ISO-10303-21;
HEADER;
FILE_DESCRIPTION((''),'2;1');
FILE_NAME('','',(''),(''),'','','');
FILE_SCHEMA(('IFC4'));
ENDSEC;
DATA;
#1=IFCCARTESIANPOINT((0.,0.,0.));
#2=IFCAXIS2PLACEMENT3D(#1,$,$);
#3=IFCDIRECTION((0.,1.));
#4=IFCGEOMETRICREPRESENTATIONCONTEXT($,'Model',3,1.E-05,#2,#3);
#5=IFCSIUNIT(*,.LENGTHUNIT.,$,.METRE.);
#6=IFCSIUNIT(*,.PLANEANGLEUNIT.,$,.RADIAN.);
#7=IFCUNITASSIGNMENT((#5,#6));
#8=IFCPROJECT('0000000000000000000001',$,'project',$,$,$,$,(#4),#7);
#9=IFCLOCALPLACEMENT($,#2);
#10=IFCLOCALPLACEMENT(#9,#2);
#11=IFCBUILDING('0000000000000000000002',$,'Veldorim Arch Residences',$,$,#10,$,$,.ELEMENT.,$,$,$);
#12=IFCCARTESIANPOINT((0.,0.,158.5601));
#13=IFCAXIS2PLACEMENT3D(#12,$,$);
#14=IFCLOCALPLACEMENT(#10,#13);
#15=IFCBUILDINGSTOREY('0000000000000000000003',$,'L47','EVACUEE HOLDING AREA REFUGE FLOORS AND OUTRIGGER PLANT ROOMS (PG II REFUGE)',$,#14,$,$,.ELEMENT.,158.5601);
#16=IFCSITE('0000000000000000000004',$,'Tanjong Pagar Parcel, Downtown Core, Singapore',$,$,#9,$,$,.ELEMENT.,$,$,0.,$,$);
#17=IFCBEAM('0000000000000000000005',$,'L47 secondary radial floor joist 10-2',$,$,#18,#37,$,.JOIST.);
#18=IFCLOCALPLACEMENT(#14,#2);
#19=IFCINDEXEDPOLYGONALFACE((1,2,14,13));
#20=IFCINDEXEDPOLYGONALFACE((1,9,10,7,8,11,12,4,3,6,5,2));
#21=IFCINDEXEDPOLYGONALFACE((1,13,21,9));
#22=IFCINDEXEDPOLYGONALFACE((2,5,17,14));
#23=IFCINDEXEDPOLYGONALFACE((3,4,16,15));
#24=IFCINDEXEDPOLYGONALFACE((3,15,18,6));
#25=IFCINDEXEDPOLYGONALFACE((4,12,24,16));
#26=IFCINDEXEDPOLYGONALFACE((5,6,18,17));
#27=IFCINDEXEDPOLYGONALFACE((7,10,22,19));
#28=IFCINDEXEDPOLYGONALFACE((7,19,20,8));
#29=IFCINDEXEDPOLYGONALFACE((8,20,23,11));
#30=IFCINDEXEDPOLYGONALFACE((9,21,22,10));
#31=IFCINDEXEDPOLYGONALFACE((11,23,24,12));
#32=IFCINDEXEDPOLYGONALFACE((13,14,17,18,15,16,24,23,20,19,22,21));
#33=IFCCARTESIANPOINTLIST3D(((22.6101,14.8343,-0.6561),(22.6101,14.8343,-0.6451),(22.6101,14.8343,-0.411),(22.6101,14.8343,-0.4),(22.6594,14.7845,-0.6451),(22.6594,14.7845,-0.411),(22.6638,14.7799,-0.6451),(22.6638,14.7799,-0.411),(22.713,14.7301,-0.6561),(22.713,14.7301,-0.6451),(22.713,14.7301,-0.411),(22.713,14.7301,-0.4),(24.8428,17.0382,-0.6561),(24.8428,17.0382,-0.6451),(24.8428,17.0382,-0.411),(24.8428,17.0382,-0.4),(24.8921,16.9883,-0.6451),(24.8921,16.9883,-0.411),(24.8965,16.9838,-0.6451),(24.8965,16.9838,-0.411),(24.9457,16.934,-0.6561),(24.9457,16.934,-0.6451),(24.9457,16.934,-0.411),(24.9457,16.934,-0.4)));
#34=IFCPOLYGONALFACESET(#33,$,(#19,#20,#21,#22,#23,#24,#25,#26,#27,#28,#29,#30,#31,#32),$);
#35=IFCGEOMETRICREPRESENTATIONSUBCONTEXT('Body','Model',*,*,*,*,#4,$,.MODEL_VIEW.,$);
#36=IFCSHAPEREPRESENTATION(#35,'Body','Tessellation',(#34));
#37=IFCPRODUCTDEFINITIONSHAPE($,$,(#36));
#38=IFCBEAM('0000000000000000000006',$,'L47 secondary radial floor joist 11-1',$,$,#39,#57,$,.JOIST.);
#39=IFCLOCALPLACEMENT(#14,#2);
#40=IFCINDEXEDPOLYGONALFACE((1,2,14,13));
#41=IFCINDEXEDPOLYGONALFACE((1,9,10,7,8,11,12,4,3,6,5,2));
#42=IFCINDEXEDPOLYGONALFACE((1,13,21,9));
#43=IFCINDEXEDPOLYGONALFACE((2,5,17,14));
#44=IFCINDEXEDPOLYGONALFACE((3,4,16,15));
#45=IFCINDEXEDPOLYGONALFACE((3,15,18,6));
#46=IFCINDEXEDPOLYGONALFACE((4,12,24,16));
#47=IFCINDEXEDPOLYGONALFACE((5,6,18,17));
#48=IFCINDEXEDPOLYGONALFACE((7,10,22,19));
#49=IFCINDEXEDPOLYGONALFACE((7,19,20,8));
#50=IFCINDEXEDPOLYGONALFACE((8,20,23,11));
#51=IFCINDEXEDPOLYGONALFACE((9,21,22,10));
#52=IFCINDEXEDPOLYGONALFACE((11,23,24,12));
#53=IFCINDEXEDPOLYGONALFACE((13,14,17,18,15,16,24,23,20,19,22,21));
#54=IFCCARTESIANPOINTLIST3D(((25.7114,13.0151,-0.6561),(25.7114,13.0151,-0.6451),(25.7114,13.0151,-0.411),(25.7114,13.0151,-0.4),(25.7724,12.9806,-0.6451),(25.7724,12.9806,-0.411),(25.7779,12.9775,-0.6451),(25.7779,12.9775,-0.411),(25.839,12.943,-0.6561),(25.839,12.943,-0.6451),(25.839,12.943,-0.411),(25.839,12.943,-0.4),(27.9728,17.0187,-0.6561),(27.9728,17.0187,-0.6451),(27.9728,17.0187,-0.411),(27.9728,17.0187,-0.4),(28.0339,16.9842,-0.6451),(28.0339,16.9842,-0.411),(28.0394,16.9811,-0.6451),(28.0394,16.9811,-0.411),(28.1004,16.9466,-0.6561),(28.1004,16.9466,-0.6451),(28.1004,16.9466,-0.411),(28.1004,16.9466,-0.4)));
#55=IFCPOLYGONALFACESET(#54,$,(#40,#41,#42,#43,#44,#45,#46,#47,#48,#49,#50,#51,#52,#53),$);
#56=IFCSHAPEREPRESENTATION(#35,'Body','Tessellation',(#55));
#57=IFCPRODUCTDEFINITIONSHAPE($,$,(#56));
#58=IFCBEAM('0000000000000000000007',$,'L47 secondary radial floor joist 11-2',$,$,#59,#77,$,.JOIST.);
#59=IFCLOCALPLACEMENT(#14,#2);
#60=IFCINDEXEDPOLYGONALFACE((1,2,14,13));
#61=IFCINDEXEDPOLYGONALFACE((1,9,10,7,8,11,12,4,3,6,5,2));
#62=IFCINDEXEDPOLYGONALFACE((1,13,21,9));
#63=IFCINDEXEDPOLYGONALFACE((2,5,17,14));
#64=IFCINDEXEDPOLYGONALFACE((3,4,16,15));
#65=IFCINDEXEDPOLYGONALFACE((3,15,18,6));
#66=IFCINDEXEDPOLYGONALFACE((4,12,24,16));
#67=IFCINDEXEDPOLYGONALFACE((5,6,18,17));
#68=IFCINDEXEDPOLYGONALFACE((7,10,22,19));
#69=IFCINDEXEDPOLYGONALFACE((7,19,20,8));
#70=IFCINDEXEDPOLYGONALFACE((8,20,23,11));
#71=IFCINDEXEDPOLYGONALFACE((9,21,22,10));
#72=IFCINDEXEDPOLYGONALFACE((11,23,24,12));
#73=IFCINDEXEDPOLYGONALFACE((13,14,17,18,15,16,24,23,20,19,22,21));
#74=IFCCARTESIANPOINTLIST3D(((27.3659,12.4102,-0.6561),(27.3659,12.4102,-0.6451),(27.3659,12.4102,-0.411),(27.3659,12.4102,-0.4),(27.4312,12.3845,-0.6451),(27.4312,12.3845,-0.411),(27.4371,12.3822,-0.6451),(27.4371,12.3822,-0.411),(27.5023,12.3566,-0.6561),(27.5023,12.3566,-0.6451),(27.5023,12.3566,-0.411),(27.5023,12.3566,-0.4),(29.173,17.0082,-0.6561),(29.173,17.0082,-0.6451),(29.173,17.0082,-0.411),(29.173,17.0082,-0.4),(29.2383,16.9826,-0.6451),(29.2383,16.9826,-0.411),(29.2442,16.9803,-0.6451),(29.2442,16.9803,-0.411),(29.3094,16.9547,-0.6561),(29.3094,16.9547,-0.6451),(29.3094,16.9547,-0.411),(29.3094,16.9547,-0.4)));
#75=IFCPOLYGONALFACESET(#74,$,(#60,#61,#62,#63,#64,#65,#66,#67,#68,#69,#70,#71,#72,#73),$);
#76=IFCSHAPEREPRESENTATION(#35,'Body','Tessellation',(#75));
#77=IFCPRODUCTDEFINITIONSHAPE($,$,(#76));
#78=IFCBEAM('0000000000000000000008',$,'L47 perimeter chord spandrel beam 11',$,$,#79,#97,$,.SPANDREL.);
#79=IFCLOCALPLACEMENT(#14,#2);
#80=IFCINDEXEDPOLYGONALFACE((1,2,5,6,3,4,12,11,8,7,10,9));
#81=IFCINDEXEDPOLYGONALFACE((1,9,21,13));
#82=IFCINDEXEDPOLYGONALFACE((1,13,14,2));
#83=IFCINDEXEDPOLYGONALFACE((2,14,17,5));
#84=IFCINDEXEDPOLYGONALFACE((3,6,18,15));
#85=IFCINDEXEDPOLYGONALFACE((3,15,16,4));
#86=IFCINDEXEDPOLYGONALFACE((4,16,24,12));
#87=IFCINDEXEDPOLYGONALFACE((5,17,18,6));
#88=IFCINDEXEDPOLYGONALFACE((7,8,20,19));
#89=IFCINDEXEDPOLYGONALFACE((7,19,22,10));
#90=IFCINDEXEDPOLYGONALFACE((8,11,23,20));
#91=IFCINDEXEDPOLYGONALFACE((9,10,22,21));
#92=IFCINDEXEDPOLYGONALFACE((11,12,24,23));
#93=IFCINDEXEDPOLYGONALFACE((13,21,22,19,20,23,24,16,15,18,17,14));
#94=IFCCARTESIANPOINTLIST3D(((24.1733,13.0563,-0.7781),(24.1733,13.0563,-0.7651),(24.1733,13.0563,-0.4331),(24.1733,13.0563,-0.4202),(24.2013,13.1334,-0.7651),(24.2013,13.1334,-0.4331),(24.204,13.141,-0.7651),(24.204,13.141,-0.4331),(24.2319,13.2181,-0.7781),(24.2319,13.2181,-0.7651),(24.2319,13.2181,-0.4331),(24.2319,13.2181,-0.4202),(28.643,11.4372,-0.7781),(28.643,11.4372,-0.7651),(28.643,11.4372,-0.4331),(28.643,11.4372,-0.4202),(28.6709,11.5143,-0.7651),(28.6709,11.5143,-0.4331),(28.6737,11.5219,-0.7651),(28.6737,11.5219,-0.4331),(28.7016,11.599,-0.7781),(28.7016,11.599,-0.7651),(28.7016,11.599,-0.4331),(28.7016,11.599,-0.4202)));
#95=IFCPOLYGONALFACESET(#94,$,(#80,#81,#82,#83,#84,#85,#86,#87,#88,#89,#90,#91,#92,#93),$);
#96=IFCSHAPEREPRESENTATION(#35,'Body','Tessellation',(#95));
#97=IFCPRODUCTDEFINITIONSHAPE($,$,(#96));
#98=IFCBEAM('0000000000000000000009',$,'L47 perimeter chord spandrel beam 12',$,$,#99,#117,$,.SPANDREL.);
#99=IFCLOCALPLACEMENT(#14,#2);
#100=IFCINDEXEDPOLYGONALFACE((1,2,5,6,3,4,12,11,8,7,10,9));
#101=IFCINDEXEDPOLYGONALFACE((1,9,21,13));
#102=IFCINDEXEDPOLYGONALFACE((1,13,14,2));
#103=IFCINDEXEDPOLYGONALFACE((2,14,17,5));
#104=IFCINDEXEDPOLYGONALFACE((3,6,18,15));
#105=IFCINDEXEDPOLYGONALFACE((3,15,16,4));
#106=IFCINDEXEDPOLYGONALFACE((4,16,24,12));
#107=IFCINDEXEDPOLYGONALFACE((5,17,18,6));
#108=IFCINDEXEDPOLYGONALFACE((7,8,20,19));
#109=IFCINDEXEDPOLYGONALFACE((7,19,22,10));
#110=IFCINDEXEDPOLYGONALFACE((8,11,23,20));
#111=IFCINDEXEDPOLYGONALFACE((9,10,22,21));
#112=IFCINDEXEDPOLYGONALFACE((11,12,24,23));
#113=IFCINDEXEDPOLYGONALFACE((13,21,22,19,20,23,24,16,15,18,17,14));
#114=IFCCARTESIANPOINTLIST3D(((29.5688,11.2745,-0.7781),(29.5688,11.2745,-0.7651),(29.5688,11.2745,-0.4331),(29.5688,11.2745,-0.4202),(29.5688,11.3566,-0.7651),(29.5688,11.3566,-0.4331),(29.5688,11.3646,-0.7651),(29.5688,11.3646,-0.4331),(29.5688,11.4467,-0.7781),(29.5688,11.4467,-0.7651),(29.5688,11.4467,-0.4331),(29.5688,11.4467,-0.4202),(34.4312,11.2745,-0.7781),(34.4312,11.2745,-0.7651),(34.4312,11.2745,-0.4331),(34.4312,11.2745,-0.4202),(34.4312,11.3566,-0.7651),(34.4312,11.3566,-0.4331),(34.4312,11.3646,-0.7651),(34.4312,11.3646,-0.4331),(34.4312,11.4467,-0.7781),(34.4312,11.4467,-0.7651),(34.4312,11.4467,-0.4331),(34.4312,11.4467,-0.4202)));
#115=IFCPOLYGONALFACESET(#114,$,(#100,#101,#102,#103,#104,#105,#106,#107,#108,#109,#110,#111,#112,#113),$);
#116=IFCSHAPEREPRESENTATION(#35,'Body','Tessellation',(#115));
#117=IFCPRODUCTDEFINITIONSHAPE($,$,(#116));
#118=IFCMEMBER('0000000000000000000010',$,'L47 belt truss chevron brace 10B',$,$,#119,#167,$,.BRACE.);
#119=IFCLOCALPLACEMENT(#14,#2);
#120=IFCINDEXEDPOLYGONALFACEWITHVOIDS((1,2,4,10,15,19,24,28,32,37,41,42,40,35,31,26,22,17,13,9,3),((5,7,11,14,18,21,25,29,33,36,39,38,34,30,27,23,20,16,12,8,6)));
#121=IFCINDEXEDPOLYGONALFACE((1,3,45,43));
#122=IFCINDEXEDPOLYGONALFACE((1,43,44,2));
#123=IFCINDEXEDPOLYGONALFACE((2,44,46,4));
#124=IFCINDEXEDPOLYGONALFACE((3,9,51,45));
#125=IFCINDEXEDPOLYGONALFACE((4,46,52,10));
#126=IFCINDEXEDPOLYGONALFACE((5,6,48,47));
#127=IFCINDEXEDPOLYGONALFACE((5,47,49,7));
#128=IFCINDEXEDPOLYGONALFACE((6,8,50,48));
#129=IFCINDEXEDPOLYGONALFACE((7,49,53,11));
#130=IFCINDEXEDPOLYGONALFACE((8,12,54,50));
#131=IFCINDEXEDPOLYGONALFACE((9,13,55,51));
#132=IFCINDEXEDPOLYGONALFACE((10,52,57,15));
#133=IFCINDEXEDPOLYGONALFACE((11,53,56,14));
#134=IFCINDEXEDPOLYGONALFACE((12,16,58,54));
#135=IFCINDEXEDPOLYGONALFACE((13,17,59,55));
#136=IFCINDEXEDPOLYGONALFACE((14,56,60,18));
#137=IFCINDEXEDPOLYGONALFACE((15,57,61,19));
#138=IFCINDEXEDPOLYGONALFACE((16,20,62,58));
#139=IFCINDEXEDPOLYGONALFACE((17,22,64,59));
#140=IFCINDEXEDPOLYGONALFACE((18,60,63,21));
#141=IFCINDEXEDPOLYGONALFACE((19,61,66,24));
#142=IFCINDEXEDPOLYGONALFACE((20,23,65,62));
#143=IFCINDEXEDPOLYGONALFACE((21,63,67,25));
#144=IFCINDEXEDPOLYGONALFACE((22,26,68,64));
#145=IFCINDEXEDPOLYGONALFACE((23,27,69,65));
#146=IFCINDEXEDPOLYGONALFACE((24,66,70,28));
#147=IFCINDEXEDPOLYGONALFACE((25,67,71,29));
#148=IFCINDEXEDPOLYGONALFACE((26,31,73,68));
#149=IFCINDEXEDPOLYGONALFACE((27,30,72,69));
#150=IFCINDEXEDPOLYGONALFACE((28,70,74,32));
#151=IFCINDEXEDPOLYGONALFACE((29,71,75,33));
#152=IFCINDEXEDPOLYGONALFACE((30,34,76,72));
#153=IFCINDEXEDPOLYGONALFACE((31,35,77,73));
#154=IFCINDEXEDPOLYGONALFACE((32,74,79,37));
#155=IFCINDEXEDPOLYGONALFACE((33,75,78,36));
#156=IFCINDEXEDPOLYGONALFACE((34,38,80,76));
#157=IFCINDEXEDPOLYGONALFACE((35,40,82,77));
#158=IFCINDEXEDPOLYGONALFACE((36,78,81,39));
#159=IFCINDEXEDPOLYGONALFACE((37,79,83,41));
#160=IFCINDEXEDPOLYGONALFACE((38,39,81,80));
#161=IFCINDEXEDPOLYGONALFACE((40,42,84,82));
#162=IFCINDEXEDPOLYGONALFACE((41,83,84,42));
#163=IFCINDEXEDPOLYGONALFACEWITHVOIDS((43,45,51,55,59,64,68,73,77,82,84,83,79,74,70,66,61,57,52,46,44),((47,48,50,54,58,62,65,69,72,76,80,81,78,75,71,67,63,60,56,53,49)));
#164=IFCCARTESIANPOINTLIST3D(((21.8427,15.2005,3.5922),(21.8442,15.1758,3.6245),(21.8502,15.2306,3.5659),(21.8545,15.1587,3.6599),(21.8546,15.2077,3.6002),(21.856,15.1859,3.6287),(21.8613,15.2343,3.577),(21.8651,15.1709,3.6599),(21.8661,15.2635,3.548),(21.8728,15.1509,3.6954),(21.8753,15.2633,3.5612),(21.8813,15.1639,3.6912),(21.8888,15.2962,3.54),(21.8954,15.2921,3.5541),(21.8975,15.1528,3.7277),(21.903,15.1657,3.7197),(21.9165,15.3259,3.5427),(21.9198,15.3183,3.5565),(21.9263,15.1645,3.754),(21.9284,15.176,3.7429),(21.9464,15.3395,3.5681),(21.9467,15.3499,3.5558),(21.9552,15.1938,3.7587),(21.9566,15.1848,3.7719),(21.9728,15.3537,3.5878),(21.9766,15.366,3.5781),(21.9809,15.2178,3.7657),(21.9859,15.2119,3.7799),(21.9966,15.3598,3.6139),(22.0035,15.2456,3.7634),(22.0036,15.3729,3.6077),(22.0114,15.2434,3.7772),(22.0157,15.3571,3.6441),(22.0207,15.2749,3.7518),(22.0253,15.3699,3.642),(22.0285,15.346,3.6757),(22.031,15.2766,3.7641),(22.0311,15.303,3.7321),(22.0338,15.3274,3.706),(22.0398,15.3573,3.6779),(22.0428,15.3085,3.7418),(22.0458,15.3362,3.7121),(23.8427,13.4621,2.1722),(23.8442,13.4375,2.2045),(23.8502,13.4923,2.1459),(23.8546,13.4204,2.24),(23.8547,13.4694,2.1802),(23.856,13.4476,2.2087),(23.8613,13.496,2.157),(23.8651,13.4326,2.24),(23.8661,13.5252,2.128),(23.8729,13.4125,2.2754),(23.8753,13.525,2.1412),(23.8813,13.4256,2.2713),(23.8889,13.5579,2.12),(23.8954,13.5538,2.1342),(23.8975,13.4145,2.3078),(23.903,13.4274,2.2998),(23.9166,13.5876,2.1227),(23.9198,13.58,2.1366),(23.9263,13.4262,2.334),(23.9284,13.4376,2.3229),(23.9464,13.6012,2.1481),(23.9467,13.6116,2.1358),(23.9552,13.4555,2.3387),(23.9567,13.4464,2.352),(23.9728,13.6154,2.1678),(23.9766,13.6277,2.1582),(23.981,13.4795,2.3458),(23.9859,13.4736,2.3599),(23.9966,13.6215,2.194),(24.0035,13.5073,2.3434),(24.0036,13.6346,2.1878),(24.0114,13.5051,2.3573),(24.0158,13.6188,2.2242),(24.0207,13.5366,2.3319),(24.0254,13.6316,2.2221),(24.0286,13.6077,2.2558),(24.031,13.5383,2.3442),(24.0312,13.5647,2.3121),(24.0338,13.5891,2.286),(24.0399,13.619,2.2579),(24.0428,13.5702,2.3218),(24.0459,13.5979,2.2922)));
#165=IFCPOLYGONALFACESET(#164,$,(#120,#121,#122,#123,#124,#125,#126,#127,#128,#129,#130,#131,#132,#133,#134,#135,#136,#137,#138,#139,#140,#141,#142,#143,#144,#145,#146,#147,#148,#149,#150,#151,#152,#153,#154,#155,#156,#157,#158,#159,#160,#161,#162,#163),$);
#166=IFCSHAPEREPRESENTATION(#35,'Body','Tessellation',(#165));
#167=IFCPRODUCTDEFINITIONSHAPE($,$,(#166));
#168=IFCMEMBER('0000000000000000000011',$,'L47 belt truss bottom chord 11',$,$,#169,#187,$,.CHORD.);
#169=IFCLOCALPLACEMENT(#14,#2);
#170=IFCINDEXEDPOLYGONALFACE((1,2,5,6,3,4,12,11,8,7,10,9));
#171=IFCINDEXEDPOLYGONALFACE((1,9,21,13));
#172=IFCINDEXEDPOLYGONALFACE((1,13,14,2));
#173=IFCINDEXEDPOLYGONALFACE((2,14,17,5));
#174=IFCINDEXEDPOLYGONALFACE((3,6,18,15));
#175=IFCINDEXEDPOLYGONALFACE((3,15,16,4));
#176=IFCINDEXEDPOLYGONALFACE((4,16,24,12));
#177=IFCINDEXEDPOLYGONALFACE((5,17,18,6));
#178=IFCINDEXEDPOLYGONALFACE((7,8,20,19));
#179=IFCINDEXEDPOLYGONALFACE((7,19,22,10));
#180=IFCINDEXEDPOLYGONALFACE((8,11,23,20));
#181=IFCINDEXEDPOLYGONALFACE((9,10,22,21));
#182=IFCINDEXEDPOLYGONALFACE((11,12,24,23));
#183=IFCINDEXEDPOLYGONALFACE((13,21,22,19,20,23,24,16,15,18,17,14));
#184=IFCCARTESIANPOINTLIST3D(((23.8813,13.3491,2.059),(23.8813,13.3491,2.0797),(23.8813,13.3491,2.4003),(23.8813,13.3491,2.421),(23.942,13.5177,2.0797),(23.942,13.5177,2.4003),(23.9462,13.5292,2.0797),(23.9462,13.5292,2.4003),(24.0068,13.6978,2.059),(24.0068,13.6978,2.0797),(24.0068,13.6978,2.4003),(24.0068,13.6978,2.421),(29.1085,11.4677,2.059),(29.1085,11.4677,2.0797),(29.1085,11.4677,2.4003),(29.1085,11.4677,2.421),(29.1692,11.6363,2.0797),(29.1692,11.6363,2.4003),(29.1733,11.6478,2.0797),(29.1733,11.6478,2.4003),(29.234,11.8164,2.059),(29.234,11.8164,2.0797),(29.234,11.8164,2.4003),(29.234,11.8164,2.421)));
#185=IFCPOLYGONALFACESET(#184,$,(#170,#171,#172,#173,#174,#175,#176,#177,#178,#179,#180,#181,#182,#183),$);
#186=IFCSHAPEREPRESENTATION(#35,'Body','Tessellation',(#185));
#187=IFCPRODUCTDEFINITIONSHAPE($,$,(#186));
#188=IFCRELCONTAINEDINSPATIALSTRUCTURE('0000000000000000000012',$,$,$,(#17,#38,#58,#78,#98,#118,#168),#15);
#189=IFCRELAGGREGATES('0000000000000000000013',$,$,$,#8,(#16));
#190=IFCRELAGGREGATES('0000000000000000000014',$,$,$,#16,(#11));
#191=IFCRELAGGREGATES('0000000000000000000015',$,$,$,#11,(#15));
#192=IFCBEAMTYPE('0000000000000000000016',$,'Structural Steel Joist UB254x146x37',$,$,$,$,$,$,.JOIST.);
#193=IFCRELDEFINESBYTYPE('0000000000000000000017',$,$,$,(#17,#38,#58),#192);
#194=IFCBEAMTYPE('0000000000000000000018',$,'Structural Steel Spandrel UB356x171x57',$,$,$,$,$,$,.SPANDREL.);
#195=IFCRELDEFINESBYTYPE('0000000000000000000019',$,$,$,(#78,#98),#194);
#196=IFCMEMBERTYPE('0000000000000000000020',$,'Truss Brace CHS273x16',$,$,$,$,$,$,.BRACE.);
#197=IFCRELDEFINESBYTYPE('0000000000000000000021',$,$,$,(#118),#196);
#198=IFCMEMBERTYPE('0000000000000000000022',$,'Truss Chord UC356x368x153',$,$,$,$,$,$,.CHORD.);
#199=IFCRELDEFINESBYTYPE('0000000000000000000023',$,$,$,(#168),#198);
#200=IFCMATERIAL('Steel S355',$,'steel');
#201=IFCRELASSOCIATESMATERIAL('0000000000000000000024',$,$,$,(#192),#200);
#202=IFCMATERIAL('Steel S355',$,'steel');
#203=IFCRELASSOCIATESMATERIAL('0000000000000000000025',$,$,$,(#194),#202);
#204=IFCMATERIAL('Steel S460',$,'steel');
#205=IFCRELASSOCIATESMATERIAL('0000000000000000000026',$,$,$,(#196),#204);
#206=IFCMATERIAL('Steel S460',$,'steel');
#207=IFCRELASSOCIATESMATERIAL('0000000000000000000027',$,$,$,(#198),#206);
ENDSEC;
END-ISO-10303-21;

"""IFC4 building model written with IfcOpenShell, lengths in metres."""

from ifc_helpers import new_model, si_unit, direction, frame, origin, origin_2d, place, context, subcontext, project, spatial, hollow_circle, i_section, extrude, material, material_profile, profile_set, type_object, element, save


model = new_model("IFC4")

# Units and contexts
model_context = context("Model", 3, precision=1e-05, world=origin(), true_north=direction((0.0, 1.0)))
body_context = subcontext(model_context, "Body", "Model", "MODEL_VIEW")
ifc_project = project(units=[si_unit("LENGTHUNIT", "METRE"), si_unit("PLANEANGLEUNIT", "RADIAN")], contexts=[model_context])

# Site, building, storey
site_placement = place(None, origin())
site = spatial("IfcSite", under=ifc_project, at=site_placement, Name="Tanjong Pagar Parcel, Downtown Core, Singapore", CompositionType="ELEMENT", RefElevation=0.0)
building_placement = place(site_placement, origin())
building = spatial("IfcBuilding", under=site, at=building_placement, Name="Veldorim Arch Residences", CompositionType="ELEMENT")
storey_placement = place(building_placement, frame((0.0, 0.0, 158.5601)))
storey = spatial("IfcBuildingStorey", under=building, at=storey_placement, Name="L47", Description="EVACUEE HOLDING AREA REFUGE FLOORS AND OUTRIGGER PLANT ROOMS (PG II REFUGE)", CompositionType="ELEMENT", Elevation=158.5601)

# Beams
ifc_material_1 = material(Name="Steel S355", Category="steel")
ifc_material_profile_1 = material_profile(ifc_material_1, i_section(OverallWidth=0.1465, OverallDepth=0.2561, WebThickness=0.0063, FlangeThickness=0.011, at=origin_2d()), Name="UB254x146x37")
ifc_profile_set_1 = profile_set([ifc_material_profile_1], Name="Steel S355")
beam_type_1 = type_object("IfcBeamType", Name="Structural Steel Joist UB254x146x37", PredefinedType="JOIST", material=ifc_profile_set_1)
beam_1_placement = place(storey_placement, frame((24.8943, 16.9861, -0.5281), z_axis=(-0.711683, -0.7025, 0.0), x_axis=(0.7025, -0.711683, 0.0)))
element("IfcBeam", 1, at=beam_1_placement, inside=storey, type_object=beam_type_1, Name="L47 secondary radial floor joist 10-2", PredefinedType="JOIST", context=body_context, shape_type="SweptSolid", body=[
    extrude(i_section(OverallWidth=0.1465, OverallDepth=0.2561, WebThickness=0.0063, FlangeThickness=0.011, at=origin_2d()), origin(), (0.0, 0.0, 1.0), 3.1372),
])
beam_2_placement = place(storey_placement, frame((28.0366, 16.9827, -0.5281), z_axis=(-0.491816, -0.870699, 0.0), x_axis=(0.870699, -0.491816, 0.0)))
element("IfcBeam", 2, at=beam_2_placement, inside=storey, type_object=beam_type_1, Name="L47 secondary radial floor joist 11-1", PredefinedType="JOIST", context=body_context, shape_type="SweptSolid", body=[
    extrude(i_section(OverallWidth=0.1465, OverallDepth=0.2561, WebThickness=0.0063, FlangeThickness=0.011, at=origin_2d()), origin(), (0.0, 0.0, 1.0), 4.5981),
])
beam_3_placement = place(storey_placement, frame((29.2412, 16.9814, -0.5281), z_axis=(-0.365778, -0.930702, 0.0), x_axis=(0.930702, -0.365778, 0.0)))
element("IfcBeam", 3, at=beam_3_placement, inside=storey, type_object=beam_type_1, Name="L47 secondary radial floor joist 11-2", PredefinedType="JOIST", context=body_context, shape_type="SweptSolid", body=[
    extrude(i_section(OverallWidth=0.1465, OverallDepth=0.2561, WebThickness=0.0063, FlangeThickness=0.011, at=origin_2d()), origin(), (0.0, 0.0, 1.0), 4.9404),
])
ifc_material_2 = material(Name="Steel S355", Category="steel")
ifc_material_profile_2 = material_profile(ifc_material_2, i_section(OverallWidth=0.1721, OverallDepth=0.3579, WebThickness=0.0081, FlangeThickness=0.0129, at=origin_2d()), Name="UB356x171x57")
ifc_profile_set_2 = profile_set([ifc_material_profile_2], Name="Steel S355")
beam_type_2 = type_object("IfcBeamType", Name="Structural Steel Spandrel UB356x171x57", PredefinedType="SPANDREL", material=ifc_profile_set_2)
beam_4_placement = place(storey_placement, frame((24.2026, 13.1372, -0.5991), z_axis=(0.940213, -0.340588, 0.0), x_axis=(0.340588, 0.940213, 0.0)))
element("IfcBeam", 4, at=beam_4_placement, inside=storey, type_object=beam_type_2, Name="L47 perimeter chord spandrel beam 11", PredefinedType="SPANDREL", context=body_context, shape_type="SweptSolid", body=[
    extrude(i_section(OverallWidth=0.1721, OverallDepth=0.3579, WebThickness=0.0081, FlangeThickness=0.0129, at=origin_2d()), origin(), (0.0, 0.0, 1.0), 4.7539),
])
beam_5_placement = place(storey_placement, frame((29.5688, 11.3606, -0.5991), z_axis=(1.0, 0.0, 0.0), x_axis=(0.0, 1.0, 0.0)))
element("IfcBeam", 5, at=beam_5_placement, inside=storey, type_object=beam_type_2, Name="L47 perimeter chord spandrel beam 12", PredefinedType="SPANDREL", context=body_context, shape_type="SweptSolid", body=[
    extrude(i_section(OverallWidth=0.1721, OverallDepth=0.3579, WebThickness=0.0081, FlangeThickness=0.0129, at=origin_2d()), origin(), (0.0, 0.0, 1.0), 4.8623),
])

# Members
ifc_material_3 = material(Name="Steel S460", Category="steel")
ifc_material_profile_3 = material_profile(ifc_material_3, hollow_circle(Radius=0.1365, WallThickness=0.0161, at=origin_2d()), Name="CHS273x16")
ifc_profile_set_3 = profile_set([ifc_material_profile_3], Name="Steel S460")
member_type_1 = type_object("IfcMemberType", Name="Truss Brace CHS273x16", PredefinedType="BRACE", material=ifc_profile_set_3)
member_placement = place(storey_placement, frame((23.9441, 13.5234, 2.24), z_axis=(-0.665271, 0.578214, 0.472316), x_axis=(-0.655996, -0.754764, 0.0)))
element("IfcMember", 6, at=member_placement, inside=storey, type_object=member_type_1, Name="L47 belt truss chevron brace 10B", PredefinedType="BRACE", context=body_context, shape_type="SweptSolid", body=[
    extrude(hollow_circle(Radius=0.1365, WallThickness=0.0161, at=origin_2d()), origin(), (0.0, 0.0, 1.0), 3.0063),
])
ifc_material_4 = material(Name="Steel S460", Category="steel")
ifc_material_profile_4 = material_profile(ifc_material_4, i_section(OverallWidth=0.3706, OverallDepth=0.3621, WebThickness=0.0122, FlangeThickness=0.0208, at=origin_2d()), Name="UC356x368x153")
ifc_profile_set_4 = profile_set([ifc_material_profile_4], Name="Steel S460")
member_type_2 = type_object("IfcMemberType", Name="Truss Chord UC356x368x153", PredefinedType="CHORD", material=ifc_profile_set_4)
for number, where, z_axis, x_axis, name in (
    (7, (23.9441, 13.5234, 2.24), (0.94091, -0.338657, 0.0), (0.338657, 0.94091, 0.0), "L47 belt truss bottom chord 11"),
):
    element("IfcMember", number, at=place(storey_placement, frame(where, z_axis=z_axis, x_axis=x_axis)), inside=storey, type_object=member_type_2, Name=name, PredefinedType="CHORD", context=body_context, shape_type="SweptSolid", body=[
        extrude(i_section(OverallWidth=0.3706, OverallDepth=0.3621, WebThickness=0.0122, FlangeThickness=0.0208, at=origin_2d()), origin(), (0.0, 0.0, 1.0), 5.5554),
    ])

save(model, "model.ifc")
